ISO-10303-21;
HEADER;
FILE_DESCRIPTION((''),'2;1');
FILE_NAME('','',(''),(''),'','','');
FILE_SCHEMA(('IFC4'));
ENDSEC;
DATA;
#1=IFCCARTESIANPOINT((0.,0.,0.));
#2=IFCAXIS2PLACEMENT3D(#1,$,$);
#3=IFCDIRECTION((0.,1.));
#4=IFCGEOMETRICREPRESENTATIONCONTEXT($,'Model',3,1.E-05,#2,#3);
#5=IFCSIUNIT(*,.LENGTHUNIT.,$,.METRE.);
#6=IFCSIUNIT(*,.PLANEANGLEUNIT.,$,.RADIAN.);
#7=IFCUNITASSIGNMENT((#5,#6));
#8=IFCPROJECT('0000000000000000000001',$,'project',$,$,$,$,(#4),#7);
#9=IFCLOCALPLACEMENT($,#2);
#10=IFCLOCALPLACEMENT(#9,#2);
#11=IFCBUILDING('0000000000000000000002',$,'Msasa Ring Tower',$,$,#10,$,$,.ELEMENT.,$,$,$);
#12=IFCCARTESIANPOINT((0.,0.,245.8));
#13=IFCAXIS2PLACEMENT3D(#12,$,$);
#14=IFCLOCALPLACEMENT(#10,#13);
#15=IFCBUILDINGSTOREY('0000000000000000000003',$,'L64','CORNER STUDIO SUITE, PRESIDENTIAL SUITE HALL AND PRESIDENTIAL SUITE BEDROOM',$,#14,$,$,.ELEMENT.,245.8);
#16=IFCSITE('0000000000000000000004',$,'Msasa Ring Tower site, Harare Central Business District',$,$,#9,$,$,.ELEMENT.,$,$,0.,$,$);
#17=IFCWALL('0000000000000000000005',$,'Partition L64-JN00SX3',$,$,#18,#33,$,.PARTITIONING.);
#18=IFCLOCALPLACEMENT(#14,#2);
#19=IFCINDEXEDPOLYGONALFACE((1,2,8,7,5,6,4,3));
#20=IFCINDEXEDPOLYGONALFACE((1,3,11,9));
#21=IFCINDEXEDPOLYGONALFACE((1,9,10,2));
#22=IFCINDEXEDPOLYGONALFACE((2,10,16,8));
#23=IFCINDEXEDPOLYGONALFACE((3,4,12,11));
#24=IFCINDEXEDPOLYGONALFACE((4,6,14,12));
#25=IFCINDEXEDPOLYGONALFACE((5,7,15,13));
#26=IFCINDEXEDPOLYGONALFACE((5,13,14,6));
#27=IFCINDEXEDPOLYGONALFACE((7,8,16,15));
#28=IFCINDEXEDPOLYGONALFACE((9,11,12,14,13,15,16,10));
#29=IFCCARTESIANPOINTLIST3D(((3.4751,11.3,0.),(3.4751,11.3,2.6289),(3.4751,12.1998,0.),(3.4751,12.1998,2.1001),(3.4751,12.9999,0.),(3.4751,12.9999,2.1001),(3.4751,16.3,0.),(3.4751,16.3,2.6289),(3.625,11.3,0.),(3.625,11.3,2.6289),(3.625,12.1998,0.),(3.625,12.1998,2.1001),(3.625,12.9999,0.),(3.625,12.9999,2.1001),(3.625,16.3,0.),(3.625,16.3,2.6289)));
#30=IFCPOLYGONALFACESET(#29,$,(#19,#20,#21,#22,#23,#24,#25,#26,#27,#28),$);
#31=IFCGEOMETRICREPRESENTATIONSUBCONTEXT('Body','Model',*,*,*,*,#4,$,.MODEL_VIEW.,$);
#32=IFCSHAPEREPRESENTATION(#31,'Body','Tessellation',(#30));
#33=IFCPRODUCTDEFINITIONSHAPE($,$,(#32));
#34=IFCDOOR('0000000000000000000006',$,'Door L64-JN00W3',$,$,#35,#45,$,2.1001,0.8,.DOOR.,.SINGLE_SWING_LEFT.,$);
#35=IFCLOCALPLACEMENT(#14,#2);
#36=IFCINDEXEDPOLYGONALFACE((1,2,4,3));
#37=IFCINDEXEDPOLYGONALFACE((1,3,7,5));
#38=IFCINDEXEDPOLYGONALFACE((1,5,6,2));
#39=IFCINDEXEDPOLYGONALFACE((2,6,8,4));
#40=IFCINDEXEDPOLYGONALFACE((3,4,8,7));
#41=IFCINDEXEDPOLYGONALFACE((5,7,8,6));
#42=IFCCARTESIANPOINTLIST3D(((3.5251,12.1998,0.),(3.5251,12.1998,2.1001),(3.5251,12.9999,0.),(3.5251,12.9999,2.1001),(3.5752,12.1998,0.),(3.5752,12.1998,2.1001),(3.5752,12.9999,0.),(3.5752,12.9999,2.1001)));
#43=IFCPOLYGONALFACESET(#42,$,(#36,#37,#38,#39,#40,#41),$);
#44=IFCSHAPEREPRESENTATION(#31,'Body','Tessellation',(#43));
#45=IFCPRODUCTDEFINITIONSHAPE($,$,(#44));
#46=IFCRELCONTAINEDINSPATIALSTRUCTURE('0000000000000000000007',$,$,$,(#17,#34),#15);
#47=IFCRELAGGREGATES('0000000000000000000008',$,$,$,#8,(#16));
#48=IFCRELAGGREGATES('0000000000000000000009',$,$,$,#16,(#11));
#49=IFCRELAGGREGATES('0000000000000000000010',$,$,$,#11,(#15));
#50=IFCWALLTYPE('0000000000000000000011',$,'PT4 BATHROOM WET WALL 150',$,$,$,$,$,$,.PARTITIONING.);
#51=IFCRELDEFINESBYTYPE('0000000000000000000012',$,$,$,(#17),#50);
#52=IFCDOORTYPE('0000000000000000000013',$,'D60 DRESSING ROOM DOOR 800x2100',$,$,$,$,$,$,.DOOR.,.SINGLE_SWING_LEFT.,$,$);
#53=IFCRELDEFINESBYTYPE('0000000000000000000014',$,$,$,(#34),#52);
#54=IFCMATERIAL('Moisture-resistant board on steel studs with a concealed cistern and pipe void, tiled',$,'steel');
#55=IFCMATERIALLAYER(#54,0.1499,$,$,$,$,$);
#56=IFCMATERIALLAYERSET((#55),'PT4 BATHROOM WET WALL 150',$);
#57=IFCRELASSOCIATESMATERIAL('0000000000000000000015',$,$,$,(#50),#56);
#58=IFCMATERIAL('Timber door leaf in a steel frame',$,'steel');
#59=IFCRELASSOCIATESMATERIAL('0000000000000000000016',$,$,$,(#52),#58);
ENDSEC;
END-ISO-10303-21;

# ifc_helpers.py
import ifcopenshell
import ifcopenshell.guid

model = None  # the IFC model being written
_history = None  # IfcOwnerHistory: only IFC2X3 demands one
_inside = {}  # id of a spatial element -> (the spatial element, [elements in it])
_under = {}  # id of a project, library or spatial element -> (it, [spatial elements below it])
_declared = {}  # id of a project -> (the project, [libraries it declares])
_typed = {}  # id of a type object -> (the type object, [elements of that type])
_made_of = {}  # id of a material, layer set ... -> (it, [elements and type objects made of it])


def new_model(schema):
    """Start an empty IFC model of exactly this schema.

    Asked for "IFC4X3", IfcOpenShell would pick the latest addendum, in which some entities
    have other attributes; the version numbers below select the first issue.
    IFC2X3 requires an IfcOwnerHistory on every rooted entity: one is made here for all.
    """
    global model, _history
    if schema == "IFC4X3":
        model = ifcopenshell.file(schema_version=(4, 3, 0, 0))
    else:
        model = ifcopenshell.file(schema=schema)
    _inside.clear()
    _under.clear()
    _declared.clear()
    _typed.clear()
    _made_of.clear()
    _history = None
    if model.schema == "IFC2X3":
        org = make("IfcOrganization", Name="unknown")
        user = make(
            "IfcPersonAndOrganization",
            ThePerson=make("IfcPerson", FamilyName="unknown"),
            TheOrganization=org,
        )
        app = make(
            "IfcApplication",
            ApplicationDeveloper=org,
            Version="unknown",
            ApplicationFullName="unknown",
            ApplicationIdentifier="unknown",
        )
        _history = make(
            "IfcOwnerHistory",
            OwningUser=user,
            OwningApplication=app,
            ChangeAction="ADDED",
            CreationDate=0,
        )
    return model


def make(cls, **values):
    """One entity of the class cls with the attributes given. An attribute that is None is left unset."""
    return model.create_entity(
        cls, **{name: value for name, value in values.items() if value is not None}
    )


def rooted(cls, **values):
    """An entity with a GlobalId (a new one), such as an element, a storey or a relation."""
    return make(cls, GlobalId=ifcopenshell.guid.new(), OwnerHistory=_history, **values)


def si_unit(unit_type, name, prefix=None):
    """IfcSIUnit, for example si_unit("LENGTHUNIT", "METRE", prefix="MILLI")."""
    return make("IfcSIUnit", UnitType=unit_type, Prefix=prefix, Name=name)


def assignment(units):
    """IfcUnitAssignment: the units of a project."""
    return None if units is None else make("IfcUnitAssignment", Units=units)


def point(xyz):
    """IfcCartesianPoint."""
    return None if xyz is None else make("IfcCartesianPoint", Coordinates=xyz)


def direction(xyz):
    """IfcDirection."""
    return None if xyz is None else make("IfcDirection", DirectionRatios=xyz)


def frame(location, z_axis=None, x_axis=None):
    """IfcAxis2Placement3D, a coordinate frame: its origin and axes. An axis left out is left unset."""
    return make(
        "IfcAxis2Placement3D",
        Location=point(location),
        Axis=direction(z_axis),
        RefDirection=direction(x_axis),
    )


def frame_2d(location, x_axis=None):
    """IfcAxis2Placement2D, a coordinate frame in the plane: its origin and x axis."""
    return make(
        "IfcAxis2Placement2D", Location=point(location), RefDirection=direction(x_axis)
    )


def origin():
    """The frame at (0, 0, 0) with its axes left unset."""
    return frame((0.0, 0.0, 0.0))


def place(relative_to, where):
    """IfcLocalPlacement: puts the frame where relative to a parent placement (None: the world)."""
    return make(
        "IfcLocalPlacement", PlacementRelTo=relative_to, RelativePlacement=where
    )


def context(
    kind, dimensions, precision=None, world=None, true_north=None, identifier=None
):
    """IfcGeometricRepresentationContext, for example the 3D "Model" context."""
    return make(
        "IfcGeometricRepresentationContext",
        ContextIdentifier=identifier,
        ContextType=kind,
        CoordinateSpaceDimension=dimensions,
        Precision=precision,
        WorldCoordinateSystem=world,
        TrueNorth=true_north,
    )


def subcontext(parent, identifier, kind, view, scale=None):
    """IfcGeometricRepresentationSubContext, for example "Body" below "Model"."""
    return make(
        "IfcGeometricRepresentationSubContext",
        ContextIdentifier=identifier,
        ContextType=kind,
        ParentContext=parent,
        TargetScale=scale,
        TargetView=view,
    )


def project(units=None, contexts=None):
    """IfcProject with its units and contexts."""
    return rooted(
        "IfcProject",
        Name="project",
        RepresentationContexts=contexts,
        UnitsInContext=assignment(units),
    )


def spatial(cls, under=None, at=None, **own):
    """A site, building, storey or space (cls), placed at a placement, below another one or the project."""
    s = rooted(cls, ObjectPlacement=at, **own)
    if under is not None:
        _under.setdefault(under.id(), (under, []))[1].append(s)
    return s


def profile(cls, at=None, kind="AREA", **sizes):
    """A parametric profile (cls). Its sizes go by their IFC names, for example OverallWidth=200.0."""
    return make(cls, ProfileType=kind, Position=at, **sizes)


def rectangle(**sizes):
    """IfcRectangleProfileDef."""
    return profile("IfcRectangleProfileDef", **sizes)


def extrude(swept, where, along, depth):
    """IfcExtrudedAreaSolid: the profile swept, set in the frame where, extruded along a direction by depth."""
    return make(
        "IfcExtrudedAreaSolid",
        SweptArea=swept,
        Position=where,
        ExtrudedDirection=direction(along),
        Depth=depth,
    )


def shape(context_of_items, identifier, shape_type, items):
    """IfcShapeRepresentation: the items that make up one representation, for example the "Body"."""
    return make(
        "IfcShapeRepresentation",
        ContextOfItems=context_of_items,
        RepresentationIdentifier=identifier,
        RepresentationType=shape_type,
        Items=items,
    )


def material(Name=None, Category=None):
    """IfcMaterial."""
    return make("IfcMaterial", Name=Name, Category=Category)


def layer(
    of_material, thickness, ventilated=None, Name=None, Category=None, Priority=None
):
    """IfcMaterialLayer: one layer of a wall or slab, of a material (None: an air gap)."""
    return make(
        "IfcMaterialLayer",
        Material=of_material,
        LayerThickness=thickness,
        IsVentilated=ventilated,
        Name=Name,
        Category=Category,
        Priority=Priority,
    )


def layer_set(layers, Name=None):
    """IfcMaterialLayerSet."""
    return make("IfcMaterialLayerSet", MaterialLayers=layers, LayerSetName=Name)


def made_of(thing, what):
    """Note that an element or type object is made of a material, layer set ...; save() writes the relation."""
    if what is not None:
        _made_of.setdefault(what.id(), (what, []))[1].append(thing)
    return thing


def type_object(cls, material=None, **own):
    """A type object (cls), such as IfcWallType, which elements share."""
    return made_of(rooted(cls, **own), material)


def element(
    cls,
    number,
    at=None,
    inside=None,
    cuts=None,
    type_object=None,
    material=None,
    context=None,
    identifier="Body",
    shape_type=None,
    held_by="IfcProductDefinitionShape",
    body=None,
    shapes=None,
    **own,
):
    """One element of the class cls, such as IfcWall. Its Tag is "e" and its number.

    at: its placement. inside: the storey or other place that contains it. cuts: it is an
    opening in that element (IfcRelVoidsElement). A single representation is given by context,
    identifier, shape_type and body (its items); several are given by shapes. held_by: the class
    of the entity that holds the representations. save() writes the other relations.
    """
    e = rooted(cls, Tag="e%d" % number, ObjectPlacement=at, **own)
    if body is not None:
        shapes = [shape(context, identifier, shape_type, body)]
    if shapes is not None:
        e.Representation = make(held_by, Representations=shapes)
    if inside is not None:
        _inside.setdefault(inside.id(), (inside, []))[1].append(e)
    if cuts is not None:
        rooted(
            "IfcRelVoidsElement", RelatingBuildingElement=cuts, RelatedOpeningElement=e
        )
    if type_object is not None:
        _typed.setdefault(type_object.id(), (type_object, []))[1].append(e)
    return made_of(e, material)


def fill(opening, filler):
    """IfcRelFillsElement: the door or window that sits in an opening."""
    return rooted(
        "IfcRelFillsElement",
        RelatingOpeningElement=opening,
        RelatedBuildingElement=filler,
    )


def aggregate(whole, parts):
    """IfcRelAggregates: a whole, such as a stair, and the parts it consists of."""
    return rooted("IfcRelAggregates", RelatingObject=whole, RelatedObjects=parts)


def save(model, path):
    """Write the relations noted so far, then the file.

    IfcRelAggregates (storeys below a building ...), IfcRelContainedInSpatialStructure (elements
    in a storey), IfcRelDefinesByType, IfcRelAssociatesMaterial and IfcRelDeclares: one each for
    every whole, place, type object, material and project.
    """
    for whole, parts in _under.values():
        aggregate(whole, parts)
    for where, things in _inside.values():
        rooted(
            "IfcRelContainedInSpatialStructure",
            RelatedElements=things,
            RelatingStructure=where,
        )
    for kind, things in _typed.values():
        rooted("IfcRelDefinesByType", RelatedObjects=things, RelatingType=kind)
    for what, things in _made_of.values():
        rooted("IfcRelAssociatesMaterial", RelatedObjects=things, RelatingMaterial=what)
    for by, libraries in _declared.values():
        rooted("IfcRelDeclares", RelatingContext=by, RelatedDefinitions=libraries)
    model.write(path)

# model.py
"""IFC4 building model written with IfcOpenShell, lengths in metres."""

from ifc_helpers import new_model, si_unit, direction, frame, frame_2d, origin, place, context, subcontext, project, spatial, rectangle, extrude, material, layer, layer_set, type_object, element, fill, save


model = new_model("IFC4")

# Units and contexts
model_context = context("Model", 3, precision=1e-05, world=origin(), true_north=direction((0.0, 1.0)))
body_context = subcontext(model_context, "Body", "Model", "MODEL_VIEW")
ifc_project = project(units=[si_unit("LENGTHUNIT", "METRE"), si_unit("PLANEANGLEUNIT", "RADIAN")], contexts=[model_context])

# Site, building, storey
site_placement = place(None, origin())
site = spatial("IfcSite", under=ifc_project, at=site_placement, Name="Msasa Ring Tower site, Harare Central Business District", CompositionType="ELEMENT", RefElevation=0.0)
building_placement = place(site_placement, origin())
building = spatial("IfcBuilding", under=site, at=building_placement, Name="Msasa Ring Tower", CompositionType="ELEMENT")
storey_placement = place(building_placement, frame((0.0, 0.0, 245.8)))
storey = spatial("IfcBuildingStorey", under=building, at=storey_placement, Name="L64", Description="CORNER STUDIO SUITE, PRESIDENTIAL SUITE HALL AND PRESIDENTIAL SUITE BEDROOM", CompositionType="ELEMENT", Elevation=245.8)

# Wall, opening, door
ifc_material_1 = material(Name="Moisture-resistant board on steel studs with a concealed cistern and pipe void, tiled", Category="steel")
ifc_layer_1 = layer(ifc_material_1, 0.1499)
ifc_layer_set_1 = layer_set([ifc_layer_1], Name="PT4 BATHROOM WET WALL 150")
wall_type_1 = type_object("IfcWallType", Name="PT4 BATHROOM WET WALL 150", PredefinedType="PARTITIONING", material=ifc_layer_set_1)
wall_1_placement = place(storey_placement, frame((3.55, 11.3, 0.0), z_axis=(0.0, 0.0, 1.0), x_axis=(0.0, 1.0, 0.0)))
wall_1 = element("IfcWall", 1, at=wall_1_placement, inside=storey, type_object=wall_type_1, Name="Partition L64-JN00SX3", PredefinedType="PARTITIONING", context=body_context, shape_type="SweptSolid", body=[
    extrude(rectangle(XDim=5.0, YDim=0.1499, at=frame_2d((2.5, 0.0))), origin(), (0.0, 0.0, 1.0), 2.6289),
])
opening_1_placement = place(wall_1_placement, frame((0.8999, 0.0, 0.0)))
opening_1 = element("IfcOpeningElement", 2, at=opening_1_placement, cuts=wall_1, PredefinedType="OPENING", context=body_context, shape_type="SweptSolid", body=[
    extrude(rectangle(XDim=0.8, YDim=2.1001, at=frame_2d((0.3999, 1.05))), frame((0.0, 0.085, 0.0), z_axis=(0.0, -1.0, 0.0), x_axis=(1.0, 0.0, 0.0)), (0.0, 0.0, 1.0), 0.1699),
])
ifc_material_2 = material(Name="Timber door leaf in a steel frame", Category="steel")
door_type_1 = type_object("IfcDoorType", Name="D60 DRESSING ROOM DOOR 800x2100", OperationType="SINGLE_SWING_LEFT", PredefinedType="DOOR", material=ifc_material_2)
door_1_placement = place(opening_1_placement, origin())
door_1 = element("IfcDoor", 3, at=door_1_placement, inside=storey, type_object=door_type_1, Name="Door L64-JN00W3", OperationType="SINGLE_SWING_LEFT", OverallHeight=2.1001, OverallWidth=0.8, PredefinedType="DOOR", context=body_context, shape_type="SweptSolid", body=[
    extrude(rectangle(XDim=0.8, YDim=2.1001, at=frame_2d((0.3999, 1.05))), frame((0.0, 0.0249, 0.0), z_axis=(0.0, -1.0, 0.0), x_axis=(1.0, 0.0, 0.0)), (0.0, 0.0, 1.0), 0.05),
])
fill(opening_1, door_1)

save(model, "model.ifc")
